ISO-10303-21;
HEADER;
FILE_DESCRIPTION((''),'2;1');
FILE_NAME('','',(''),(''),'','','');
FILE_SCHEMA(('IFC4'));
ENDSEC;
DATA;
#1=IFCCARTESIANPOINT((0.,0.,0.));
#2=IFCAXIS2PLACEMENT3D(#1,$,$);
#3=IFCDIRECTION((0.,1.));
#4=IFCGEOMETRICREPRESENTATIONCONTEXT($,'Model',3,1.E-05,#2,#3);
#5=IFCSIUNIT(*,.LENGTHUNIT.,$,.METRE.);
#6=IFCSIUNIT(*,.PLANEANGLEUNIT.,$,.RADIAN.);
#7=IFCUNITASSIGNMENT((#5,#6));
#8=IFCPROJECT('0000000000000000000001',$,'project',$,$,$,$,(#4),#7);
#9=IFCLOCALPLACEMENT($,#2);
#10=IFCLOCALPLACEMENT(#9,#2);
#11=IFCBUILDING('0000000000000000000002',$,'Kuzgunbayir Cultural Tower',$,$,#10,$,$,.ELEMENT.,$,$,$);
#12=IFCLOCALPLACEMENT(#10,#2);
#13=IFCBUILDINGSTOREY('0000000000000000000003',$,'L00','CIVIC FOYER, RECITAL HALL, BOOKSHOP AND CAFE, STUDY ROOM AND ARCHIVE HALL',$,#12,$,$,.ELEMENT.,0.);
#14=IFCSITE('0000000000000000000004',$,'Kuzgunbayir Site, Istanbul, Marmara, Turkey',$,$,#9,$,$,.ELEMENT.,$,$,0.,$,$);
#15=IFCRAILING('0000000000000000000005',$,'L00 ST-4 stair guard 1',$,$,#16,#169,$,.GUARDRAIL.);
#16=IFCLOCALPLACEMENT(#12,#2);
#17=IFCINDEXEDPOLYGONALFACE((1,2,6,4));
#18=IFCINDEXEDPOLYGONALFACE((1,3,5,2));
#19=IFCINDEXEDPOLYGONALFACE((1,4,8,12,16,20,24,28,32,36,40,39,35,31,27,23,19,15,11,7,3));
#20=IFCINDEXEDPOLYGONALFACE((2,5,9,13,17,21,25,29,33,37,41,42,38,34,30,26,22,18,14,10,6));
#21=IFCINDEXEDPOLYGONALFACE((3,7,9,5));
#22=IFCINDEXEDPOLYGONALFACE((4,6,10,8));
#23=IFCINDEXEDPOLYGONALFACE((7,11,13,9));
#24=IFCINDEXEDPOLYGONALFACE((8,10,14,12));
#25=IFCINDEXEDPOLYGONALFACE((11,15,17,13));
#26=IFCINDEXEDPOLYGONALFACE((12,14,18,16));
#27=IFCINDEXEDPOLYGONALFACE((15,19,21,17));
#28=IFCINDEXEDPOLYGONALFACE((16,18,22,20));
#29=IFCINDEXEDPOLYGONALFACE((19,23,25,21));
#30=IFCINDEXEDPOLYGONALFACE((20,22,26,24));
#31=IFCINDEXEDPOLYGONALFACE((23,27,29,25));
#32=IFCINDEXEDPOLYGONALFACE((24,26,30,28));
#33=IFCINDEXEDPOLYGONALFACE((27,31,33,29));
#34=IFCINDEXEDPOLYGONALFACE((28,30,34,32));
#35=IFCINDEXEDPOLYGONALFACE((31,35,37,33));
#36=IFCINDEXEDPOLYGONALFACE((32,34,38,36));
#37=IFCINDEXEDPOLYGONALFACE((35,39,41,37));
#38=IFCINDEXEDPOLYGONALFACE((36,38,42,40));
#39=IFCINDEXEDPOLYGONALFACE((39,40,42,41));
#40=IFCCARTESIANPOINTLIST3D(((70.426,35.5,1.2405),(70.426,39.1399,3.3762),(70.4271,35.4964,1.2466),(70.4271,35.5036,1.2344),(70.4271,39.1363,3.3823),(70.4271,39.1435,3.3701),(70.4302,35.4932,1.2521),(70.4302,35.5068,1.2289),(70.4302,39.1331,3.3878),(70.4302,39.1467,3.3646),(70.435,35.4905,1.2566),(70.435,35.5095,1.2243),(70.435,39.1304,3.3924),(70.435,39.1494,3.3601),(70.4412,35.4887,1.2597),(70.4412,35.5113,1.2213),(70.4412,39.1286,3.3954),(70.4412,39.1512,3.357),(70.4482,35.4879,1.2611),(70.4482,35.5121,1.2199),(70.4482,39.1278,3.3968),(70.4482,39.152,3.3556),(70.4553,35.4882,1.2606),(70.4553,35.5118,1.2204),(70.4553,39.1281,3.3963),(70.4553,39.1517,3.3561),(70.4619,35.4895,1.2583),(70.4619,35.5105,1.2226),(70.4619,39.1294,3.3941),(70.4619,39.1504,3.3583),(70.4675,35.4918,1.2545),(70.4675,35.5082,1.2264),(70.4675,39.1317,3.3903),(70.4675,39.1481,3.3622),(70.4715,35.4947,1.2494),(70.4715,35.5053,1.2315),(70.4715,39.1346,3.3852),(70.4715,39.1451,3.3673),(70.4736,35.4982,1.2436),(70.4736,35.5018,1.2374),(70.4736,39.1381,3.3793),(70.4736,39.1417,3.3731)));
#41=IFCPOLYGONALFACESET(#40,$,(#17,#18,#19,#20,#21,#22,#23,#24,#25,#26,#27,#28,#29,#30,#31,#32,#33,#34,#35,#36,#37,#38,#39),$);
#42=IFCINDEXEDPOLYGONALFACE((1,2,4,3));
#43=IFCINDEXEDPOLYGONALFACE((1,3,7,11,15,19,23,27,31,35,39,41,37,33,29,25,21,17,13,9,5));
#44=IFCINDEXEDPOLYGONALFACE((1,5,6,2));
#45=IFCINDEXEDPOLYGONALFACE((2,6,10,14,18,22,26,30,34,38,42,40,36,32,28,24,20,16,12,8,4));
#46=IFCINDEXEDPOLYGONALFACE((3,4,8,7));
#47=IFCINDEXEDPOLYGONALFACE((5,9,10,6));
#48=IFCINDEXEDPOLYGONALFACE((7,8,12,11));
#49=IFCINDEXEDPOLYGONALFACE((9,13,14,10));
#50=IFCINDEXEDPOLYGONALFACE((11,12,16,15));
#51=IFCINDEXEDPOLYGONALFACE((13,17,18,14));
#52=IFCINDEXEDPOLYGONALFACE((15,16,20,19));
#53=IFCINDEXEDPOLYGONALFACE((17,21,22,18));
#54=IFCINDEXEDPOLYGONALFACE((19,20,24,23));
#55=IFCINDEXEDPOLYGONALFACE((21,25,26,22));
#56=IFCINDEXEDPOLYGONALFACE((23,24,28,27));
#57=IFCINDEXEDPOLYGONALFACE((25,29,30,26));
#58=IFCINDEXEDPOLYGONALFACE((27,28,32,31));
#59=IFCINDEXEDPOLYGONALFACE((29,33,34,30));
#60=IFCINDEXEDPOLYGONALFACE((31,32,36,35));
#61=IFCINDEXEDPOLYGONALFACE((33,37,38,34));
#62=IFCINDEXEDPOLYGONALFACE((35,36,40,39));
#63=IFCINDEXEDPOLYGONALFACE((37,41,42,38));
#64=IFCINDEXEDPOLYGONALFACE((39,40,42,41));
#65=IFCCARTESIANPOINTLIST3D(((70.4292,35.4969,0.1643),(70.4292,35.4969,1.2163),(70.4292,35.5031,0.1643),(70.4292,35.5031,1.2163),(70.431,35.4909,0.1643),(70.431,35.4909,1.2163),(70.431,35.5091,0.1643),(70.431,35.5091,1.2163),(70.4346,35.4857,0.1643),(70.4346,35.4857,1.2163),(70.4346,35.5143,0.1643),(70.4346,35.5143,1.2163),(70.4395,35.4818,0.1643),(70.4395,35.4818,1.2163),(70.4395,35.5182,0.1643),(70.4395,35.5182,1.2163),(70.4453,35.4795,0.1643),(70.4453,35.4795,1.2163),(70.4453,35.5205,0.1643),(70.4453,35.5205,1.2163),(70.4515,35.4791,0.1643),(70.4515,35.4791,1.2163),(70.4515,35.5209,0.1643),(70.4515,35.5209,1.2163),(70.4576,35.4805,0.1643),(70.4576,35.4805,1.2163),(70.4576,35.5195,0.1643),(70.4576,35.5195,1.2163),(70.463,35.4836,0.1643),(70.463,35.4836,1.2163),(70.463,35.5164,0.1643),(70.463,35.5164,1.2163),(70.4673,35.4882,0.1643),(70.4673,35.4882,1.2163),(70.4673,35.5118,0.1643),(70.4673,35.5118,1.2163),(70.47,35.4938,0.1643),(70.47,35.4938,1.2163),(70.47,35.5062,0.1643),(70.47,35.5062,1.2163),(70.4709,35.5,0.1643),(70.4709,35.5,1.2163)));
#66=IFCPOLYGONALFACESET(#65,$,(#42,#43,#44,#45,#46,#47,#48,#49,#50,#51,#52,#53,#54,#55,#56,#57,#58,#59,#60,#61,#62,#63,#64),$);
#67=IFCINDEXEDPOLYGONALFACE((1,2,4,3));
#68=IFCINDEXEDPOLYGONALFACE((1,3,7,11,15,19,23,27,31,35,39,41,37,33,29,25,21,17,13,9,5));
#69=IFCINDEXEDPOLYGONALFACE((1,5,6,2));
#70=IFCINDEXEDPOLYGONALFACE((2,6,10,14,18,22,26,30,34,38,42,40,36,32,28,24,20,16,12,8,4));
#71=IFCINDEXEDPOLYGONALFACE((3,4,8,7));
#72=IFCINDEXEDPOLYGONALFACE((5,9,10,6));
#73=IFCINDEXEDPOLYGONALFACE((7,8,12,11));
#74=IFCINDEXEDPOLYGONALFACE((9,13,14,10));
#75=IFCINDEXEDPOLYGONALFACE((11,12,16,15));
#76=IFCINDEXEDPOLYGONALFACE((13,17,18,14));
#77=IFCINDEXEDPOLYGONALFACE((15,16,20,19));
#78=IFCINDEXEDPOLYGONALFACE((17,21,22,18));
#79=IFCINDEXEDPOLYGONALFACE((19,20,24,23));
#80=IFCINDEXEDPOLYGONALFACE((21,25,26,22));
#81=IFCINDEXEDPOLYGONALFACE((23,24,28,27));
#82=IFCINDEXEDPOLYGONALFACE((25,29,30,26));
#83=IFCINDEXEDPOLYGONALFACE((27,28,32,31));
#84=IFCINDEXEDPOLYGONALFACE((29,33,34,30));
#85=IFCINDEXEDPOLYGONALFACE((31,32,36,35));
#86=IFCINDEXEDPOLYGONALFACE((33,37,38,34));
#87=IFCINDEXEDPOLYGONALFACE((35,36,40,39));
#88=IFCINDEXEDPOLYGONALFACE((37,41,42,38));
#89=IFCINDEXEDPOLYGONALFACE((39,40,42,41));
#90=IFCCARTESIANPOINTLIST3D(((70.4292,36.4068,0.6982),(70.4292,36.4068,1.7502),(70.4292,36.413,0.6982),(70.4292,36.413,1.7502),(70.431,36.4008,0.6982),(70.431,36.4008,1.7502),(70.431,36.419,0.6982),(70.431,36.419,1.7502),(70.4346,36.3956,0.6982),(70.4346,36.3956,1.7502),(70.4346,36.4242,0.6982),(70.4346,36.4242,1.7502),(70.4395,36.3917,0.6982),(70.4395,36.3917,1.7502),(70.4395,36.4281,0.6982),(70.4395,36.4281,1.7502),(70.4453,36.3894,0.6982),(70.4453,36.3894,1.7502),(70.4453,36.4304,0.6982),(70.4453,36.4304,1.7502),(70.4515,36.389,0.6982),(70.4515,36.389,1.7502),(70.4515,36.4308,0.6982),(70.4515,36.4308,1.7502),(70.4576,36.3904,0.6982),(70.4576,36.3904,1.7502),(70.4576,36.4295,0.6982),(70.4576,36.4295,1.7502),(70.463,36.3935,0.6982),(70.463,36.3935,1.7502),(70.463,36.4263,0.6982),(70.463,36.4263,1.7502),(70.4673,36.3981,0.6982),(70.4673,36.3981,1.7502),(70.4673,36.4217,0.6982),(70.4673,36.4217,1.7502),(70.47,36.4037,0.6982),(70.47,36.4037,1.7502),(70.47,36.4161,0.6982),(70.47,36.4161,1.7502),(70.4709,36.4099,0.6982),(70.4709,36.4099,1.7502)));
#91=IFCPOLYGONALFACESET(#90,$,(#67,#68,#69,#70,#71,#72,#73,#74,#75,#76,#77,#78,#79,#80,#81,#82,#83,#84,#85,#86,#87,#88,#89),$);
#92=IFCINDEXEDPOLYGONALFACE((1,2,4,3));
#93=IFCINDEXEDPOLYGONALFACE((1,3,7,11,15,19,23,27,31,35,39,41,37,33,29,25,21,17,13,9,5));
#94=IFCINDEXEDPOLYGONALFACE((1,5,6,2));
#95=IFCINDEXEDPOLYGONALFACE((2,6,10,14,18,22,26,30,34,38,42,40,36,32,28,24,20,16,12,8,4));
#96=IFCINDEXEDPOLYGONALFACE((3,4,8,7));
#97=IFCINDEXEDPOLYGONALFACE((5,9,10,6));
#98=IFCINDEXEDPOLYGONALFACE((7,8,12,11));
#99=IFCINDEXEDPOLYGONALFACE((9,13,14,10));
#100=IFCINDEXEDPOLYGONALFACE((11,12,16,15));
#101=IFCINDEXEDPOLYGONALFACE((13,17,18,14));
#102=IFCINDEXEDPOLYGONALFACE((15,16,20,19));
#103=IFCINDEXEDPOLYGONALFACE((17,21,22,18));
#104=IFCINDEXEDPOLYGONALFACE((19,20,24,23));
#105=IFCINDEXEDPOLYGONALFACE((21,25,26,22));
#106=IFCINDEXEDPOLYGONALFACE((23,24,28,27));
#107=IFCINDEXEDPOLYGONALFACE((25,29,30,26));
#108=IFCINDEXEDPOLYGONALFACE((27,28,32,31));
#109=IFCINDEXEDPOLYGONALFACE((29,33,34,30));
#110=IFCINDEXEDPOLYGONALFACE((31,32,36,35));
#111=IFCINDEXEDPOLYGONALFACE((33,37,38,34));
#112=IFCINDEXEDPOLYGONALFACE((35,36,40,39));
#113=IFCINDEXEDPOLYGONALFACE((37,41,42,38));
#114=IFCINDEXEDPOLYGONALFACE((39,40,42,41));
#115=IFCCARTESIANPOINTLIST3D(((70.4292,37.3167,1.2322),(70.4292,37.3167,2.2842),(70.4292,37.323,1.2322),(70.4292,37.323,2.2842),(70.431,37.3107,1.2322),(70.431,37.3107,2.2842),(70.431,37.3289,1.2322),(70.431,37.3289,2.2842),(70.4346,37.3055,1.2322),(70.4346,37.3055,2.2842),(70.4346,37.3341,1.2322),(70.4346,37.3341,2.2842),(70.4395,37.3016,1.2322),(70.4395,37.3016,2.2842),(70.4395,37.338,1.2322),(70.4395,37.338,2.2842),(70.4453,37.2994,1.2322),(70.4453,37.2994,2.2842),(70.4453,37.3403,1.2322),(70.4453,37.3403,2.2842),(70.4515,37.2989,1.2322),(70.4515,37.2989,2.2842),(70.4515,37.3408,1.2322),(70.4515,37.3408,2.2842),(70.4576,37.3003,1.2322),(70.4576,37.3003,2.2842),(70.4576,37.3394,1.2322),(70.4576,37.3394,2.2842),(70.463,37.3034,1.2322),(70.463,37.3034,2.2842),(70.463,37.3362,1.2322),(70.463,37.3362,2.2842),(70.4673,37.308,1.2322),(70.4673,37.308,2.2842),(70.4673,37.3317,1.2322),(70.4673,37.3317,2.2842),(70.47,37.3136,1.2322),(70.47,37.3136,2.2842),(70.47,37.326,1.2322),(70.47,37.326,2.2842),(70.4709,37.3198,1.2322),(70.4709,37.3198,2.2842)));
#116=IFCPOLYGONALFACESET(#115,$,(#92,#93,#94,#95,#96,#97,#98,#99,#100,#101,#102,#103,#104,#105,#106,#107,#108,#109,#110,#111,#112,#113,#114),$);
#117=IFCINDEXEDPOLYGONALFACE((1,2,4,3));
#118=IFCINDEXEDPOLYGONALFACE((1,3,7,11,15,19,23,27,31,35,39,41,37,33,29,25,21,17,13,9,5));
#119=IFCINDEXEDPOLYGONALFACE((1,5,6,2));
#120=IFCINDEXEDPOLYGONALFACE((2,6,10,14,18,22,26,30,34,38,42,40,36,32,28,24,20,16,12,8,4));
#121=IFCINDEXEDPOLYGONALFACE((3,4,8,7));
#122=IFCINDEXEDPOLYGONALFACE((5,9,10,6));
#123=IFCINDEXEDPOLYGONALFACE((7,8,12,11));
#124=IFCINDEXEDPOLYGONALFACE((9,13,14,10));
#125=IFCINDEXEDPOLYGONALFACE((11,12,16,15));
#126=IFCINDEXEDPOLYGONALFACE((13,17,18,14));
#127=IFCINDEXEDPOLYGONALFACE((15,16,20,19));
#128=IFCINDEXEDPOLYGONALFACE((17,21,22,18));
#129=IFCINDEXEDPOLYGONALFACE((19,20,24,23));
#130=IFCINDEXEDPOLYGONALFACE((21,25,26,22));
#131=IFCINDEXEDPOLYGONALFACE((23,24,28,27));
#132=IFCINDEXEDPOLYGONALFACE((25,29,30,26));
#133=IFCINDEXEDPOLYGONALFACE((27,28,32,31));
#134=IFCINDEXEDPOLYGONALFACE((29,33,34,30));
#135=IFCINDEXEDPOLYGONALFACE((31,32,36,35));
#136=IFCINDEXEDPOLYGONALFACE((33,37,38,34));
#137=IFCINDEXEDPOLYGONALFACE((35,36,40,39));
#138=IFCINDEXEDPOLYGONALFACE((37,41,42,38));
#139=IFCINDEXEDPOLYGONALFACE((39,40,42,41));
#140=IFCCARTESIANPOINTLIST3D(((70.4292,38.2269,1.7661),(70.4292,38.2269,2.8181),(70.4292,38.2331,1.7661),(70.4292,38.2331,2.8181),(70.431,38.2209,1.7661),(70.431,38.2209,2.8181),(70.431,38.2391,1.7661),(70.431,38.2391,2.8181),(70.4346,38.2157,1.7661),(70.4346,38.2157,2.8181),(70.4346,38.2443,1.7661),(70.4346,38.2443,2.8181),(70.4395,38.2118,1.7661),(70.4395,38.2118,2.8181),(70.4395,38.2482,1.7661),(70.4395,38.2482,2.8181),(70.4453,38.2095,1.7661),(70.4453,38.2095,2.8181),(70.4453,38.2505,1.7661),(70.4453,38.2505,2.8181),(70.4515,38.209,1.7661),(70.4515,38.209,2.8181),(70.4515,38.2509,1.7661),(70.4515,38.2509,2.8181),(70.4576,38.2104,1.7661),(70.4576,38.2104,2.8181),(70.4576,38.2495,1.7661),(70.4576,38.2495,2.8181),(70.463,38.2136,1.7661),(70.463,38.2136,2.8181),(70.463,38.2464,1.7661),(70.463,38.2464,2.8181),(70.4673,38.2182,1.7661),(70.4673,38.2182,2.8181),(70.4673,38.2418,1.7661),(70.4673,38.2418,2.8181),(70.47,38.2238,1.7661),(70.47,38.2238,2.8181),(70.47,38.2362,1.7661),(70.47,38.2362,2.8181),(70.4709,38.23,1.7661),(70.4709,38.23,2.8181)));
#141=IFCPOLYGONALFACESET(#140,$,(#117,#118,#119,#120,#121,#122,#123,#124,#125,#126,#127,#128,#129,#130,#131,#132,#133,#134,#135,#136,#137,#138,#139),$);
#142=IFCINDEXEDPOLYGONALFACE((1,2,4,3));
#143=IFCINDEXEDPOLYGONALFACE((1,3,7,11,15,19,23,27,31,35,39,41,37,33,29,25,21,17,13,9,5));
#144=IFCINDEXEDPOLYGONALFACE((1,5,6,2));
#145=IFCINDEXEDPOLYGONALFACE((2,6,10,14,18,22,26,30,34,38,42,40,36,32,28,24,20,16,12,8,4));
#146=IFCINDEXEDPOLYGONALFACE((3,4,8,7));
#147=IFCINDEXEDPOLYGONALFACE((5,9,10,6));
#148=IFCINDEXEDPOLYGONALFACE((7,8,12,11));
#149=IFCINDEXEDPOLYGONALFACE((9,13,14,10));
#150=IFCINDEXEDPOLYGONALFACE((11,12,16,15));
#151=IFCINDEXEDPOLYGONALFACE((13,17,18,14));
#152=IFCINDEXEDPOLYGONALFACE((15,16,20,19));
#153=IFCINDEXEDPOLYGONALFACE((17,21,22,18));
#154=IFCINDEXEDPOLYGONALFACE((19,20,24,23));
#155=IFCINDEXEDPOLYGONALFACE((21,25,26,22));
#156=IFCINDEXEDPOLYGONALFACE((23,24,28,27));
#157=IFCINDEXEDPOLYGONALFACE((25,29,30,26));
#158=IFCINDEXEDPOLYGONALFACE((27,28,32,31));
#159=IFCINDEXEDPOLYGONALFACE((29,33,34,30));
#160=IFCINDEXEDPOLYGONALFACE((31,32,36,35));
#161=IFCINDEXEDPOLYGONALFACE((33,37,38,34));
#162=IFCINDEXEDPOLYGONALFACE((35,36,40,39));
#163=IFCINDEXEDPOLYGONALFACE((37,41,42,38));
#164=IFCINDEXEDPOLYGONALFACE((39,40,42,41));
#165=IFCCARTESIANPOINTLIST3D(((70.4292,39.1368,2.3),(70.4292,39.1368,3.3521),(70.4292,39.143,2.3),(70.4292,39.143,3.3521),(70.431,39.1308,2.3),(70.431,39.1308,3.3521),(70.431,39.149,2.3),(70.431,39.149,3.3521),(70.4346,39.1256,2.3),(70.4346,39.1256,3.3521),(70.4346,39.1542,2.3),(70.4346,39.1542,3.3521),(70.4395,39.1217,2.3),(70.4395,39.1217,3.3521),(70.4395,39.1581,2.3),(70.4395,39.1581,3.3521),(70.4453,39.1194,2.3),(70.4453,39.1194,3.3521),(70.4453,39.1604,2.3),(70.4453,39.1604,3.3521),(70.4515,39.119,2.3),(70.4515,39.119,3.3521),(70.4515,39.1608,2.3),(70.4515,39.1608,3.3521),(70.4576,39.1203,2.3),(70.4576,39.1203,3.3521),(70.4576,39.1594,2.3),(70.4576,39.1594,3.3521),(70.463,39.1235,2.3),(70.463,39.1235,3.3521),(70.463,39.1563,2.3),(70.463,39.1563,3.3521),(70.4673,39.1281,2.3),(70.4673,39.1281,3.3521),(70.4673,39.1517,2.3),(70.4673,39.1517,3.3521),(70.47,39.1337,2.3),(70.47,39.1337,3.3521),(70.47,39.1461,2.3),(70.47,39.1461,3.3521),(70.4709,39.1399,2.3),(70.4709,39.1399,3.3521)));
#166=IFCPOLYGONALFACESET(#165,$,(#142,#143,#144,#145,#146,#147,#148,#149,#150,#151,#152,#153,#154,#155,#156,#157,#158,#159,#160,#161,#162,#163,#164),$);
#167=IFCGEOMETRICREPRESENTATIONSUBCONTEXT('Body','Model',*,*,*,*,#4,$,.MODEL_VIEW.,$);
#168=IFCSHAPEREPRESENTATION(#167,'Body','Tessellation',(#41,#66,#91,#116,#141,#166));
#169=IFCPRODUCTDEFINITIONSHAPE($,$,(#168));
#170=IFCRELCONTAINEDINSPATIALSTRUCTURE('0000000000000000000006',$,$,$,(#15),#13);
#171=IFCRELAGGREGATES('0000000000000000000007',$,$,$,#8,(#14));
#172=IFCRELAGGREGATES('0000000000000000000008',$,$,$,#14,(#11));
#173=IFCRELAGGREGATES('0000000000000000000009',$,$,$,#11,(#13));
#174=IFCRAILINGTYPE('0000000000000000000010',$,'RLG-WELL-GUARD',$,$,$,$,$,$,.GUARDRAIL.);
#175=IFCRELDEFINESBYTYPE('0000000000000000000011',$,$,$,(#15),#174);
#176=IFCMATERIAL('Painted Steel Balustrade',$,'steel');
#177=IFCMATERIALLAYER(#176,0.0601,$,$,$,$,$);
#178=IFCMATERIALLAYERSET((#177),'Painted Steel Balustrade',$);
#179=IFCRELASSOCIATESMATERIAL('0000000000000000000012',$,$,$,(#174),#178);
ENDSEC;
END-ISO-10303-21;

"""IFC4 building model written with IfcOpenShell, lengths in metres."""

from ifc_helpers import new_model, si_unit, direction, frame, origin, origin_2d, place, context, subcontext, project, spatial, circle, extrude, material, layer, layer_set, type_object, element, save


model = new_model("IFC4")

# Units and contexts
model_context = context("Model", 3, precision=1e-05, world=origin(), true_north=direction((0.0, 1.0)))
body_context = subcontext(model_context, "Body", "Model", "MODEL_VIEW")
ifc_project = project(units=[si_unit("LENGTHUNIT", "METRE"), si_unit("PLANEANGLEUNIT", "RADIAN")], contexts=[model_context])

# Site, building, storey
site_placement = place(None, origin())
site = spatial("IfcSite", under=ifc_project, at=site_placement, Name="Kuzgunbayir Site, Istanbul, Marmara, Turkey", CompositionType="ELEMENT", RefElevation=0.0)
building_placement = place(site_placement, origin())
building = spatial("IfcBuilding", under=site, at=building_placement, Name="Kuzgunbayir Cultural Tower", CompositionType="ELEMENT")
storey_placement = place(building_placement, origin())
storey = spatial("IfcBuildingStorey", under=building, at=storey_placement, Name="L00", Description="CIVIC FOYER, RECITAL HALL, BOOKSHOP AND CAFE, STUDY ROOM AND ARCHIVE HALL", CompositionType="ELEMENT", Elevation=0.0)

# Railing
ifc_material_1 = material(Name="Painted Steel Balustrade", Category="steel")
ifc_layer_1 = layer(ifc_material_1, 0.0601)
ifc_layer_set_1 = layer_set([ifc_layer_1], Name="Painted Steel Balustrade")
railing_type_1 = type_object("IfcRailingType", Name="RLG-WELL-GUARD", PredefinedType="GUARDRAIL", material=ifc_layer_set_1)
railing_1_placement = place(storey_placement, frame((70.45, 35.5, 0.1643)))
element("IfcRailing", 1, at=railing_1_placement, inside=storey, type_object=railing_type_1, Name="L00 ST-4 stair guard 1", PredefinedType="GUARDRAIL", context=body_context, shape_type="SweptSolid", body=[
    extrude(circle(Radius=0.0239, at=origin_2d()), frame((0.0, 0.0, 1.0762), z_axis=(0.0, 0.86249, 0.506074), x_axis=(-1.0, 0.0, 0.0)), (0.0, 0.0, 1.0), 4.2202),
    extrude(circle(Radius=0.021, at=origin_2d()), origin(), (0.0, 0.0, 1.0), 1.052),
    extrude(circle(Radius=0.021, at=origin_2d()), frame((0.0, 0.9099, 0.5339)), (0.0, 0.0, 1.0), 1.052),
    extrude(circle(Radius=0.021, at=origin_2d()), frame((0.0, 1.8198, 1.0679)), (0.0, 0.0, 1.0), 1.052),
    extrude(circle(Radius=0.021, at=origin_2d()), frame((0.0, 2.73, 1.6018)), (0.0, 0.0, 1.0), 1.052),
    extrude(circle(Radius=0.021, at=origin_2d()), frame((0.0, 3.6399, 2.1357)), (0.0, 0.0, 1.0), 1.052),
])

save(model, "model.ifc")
